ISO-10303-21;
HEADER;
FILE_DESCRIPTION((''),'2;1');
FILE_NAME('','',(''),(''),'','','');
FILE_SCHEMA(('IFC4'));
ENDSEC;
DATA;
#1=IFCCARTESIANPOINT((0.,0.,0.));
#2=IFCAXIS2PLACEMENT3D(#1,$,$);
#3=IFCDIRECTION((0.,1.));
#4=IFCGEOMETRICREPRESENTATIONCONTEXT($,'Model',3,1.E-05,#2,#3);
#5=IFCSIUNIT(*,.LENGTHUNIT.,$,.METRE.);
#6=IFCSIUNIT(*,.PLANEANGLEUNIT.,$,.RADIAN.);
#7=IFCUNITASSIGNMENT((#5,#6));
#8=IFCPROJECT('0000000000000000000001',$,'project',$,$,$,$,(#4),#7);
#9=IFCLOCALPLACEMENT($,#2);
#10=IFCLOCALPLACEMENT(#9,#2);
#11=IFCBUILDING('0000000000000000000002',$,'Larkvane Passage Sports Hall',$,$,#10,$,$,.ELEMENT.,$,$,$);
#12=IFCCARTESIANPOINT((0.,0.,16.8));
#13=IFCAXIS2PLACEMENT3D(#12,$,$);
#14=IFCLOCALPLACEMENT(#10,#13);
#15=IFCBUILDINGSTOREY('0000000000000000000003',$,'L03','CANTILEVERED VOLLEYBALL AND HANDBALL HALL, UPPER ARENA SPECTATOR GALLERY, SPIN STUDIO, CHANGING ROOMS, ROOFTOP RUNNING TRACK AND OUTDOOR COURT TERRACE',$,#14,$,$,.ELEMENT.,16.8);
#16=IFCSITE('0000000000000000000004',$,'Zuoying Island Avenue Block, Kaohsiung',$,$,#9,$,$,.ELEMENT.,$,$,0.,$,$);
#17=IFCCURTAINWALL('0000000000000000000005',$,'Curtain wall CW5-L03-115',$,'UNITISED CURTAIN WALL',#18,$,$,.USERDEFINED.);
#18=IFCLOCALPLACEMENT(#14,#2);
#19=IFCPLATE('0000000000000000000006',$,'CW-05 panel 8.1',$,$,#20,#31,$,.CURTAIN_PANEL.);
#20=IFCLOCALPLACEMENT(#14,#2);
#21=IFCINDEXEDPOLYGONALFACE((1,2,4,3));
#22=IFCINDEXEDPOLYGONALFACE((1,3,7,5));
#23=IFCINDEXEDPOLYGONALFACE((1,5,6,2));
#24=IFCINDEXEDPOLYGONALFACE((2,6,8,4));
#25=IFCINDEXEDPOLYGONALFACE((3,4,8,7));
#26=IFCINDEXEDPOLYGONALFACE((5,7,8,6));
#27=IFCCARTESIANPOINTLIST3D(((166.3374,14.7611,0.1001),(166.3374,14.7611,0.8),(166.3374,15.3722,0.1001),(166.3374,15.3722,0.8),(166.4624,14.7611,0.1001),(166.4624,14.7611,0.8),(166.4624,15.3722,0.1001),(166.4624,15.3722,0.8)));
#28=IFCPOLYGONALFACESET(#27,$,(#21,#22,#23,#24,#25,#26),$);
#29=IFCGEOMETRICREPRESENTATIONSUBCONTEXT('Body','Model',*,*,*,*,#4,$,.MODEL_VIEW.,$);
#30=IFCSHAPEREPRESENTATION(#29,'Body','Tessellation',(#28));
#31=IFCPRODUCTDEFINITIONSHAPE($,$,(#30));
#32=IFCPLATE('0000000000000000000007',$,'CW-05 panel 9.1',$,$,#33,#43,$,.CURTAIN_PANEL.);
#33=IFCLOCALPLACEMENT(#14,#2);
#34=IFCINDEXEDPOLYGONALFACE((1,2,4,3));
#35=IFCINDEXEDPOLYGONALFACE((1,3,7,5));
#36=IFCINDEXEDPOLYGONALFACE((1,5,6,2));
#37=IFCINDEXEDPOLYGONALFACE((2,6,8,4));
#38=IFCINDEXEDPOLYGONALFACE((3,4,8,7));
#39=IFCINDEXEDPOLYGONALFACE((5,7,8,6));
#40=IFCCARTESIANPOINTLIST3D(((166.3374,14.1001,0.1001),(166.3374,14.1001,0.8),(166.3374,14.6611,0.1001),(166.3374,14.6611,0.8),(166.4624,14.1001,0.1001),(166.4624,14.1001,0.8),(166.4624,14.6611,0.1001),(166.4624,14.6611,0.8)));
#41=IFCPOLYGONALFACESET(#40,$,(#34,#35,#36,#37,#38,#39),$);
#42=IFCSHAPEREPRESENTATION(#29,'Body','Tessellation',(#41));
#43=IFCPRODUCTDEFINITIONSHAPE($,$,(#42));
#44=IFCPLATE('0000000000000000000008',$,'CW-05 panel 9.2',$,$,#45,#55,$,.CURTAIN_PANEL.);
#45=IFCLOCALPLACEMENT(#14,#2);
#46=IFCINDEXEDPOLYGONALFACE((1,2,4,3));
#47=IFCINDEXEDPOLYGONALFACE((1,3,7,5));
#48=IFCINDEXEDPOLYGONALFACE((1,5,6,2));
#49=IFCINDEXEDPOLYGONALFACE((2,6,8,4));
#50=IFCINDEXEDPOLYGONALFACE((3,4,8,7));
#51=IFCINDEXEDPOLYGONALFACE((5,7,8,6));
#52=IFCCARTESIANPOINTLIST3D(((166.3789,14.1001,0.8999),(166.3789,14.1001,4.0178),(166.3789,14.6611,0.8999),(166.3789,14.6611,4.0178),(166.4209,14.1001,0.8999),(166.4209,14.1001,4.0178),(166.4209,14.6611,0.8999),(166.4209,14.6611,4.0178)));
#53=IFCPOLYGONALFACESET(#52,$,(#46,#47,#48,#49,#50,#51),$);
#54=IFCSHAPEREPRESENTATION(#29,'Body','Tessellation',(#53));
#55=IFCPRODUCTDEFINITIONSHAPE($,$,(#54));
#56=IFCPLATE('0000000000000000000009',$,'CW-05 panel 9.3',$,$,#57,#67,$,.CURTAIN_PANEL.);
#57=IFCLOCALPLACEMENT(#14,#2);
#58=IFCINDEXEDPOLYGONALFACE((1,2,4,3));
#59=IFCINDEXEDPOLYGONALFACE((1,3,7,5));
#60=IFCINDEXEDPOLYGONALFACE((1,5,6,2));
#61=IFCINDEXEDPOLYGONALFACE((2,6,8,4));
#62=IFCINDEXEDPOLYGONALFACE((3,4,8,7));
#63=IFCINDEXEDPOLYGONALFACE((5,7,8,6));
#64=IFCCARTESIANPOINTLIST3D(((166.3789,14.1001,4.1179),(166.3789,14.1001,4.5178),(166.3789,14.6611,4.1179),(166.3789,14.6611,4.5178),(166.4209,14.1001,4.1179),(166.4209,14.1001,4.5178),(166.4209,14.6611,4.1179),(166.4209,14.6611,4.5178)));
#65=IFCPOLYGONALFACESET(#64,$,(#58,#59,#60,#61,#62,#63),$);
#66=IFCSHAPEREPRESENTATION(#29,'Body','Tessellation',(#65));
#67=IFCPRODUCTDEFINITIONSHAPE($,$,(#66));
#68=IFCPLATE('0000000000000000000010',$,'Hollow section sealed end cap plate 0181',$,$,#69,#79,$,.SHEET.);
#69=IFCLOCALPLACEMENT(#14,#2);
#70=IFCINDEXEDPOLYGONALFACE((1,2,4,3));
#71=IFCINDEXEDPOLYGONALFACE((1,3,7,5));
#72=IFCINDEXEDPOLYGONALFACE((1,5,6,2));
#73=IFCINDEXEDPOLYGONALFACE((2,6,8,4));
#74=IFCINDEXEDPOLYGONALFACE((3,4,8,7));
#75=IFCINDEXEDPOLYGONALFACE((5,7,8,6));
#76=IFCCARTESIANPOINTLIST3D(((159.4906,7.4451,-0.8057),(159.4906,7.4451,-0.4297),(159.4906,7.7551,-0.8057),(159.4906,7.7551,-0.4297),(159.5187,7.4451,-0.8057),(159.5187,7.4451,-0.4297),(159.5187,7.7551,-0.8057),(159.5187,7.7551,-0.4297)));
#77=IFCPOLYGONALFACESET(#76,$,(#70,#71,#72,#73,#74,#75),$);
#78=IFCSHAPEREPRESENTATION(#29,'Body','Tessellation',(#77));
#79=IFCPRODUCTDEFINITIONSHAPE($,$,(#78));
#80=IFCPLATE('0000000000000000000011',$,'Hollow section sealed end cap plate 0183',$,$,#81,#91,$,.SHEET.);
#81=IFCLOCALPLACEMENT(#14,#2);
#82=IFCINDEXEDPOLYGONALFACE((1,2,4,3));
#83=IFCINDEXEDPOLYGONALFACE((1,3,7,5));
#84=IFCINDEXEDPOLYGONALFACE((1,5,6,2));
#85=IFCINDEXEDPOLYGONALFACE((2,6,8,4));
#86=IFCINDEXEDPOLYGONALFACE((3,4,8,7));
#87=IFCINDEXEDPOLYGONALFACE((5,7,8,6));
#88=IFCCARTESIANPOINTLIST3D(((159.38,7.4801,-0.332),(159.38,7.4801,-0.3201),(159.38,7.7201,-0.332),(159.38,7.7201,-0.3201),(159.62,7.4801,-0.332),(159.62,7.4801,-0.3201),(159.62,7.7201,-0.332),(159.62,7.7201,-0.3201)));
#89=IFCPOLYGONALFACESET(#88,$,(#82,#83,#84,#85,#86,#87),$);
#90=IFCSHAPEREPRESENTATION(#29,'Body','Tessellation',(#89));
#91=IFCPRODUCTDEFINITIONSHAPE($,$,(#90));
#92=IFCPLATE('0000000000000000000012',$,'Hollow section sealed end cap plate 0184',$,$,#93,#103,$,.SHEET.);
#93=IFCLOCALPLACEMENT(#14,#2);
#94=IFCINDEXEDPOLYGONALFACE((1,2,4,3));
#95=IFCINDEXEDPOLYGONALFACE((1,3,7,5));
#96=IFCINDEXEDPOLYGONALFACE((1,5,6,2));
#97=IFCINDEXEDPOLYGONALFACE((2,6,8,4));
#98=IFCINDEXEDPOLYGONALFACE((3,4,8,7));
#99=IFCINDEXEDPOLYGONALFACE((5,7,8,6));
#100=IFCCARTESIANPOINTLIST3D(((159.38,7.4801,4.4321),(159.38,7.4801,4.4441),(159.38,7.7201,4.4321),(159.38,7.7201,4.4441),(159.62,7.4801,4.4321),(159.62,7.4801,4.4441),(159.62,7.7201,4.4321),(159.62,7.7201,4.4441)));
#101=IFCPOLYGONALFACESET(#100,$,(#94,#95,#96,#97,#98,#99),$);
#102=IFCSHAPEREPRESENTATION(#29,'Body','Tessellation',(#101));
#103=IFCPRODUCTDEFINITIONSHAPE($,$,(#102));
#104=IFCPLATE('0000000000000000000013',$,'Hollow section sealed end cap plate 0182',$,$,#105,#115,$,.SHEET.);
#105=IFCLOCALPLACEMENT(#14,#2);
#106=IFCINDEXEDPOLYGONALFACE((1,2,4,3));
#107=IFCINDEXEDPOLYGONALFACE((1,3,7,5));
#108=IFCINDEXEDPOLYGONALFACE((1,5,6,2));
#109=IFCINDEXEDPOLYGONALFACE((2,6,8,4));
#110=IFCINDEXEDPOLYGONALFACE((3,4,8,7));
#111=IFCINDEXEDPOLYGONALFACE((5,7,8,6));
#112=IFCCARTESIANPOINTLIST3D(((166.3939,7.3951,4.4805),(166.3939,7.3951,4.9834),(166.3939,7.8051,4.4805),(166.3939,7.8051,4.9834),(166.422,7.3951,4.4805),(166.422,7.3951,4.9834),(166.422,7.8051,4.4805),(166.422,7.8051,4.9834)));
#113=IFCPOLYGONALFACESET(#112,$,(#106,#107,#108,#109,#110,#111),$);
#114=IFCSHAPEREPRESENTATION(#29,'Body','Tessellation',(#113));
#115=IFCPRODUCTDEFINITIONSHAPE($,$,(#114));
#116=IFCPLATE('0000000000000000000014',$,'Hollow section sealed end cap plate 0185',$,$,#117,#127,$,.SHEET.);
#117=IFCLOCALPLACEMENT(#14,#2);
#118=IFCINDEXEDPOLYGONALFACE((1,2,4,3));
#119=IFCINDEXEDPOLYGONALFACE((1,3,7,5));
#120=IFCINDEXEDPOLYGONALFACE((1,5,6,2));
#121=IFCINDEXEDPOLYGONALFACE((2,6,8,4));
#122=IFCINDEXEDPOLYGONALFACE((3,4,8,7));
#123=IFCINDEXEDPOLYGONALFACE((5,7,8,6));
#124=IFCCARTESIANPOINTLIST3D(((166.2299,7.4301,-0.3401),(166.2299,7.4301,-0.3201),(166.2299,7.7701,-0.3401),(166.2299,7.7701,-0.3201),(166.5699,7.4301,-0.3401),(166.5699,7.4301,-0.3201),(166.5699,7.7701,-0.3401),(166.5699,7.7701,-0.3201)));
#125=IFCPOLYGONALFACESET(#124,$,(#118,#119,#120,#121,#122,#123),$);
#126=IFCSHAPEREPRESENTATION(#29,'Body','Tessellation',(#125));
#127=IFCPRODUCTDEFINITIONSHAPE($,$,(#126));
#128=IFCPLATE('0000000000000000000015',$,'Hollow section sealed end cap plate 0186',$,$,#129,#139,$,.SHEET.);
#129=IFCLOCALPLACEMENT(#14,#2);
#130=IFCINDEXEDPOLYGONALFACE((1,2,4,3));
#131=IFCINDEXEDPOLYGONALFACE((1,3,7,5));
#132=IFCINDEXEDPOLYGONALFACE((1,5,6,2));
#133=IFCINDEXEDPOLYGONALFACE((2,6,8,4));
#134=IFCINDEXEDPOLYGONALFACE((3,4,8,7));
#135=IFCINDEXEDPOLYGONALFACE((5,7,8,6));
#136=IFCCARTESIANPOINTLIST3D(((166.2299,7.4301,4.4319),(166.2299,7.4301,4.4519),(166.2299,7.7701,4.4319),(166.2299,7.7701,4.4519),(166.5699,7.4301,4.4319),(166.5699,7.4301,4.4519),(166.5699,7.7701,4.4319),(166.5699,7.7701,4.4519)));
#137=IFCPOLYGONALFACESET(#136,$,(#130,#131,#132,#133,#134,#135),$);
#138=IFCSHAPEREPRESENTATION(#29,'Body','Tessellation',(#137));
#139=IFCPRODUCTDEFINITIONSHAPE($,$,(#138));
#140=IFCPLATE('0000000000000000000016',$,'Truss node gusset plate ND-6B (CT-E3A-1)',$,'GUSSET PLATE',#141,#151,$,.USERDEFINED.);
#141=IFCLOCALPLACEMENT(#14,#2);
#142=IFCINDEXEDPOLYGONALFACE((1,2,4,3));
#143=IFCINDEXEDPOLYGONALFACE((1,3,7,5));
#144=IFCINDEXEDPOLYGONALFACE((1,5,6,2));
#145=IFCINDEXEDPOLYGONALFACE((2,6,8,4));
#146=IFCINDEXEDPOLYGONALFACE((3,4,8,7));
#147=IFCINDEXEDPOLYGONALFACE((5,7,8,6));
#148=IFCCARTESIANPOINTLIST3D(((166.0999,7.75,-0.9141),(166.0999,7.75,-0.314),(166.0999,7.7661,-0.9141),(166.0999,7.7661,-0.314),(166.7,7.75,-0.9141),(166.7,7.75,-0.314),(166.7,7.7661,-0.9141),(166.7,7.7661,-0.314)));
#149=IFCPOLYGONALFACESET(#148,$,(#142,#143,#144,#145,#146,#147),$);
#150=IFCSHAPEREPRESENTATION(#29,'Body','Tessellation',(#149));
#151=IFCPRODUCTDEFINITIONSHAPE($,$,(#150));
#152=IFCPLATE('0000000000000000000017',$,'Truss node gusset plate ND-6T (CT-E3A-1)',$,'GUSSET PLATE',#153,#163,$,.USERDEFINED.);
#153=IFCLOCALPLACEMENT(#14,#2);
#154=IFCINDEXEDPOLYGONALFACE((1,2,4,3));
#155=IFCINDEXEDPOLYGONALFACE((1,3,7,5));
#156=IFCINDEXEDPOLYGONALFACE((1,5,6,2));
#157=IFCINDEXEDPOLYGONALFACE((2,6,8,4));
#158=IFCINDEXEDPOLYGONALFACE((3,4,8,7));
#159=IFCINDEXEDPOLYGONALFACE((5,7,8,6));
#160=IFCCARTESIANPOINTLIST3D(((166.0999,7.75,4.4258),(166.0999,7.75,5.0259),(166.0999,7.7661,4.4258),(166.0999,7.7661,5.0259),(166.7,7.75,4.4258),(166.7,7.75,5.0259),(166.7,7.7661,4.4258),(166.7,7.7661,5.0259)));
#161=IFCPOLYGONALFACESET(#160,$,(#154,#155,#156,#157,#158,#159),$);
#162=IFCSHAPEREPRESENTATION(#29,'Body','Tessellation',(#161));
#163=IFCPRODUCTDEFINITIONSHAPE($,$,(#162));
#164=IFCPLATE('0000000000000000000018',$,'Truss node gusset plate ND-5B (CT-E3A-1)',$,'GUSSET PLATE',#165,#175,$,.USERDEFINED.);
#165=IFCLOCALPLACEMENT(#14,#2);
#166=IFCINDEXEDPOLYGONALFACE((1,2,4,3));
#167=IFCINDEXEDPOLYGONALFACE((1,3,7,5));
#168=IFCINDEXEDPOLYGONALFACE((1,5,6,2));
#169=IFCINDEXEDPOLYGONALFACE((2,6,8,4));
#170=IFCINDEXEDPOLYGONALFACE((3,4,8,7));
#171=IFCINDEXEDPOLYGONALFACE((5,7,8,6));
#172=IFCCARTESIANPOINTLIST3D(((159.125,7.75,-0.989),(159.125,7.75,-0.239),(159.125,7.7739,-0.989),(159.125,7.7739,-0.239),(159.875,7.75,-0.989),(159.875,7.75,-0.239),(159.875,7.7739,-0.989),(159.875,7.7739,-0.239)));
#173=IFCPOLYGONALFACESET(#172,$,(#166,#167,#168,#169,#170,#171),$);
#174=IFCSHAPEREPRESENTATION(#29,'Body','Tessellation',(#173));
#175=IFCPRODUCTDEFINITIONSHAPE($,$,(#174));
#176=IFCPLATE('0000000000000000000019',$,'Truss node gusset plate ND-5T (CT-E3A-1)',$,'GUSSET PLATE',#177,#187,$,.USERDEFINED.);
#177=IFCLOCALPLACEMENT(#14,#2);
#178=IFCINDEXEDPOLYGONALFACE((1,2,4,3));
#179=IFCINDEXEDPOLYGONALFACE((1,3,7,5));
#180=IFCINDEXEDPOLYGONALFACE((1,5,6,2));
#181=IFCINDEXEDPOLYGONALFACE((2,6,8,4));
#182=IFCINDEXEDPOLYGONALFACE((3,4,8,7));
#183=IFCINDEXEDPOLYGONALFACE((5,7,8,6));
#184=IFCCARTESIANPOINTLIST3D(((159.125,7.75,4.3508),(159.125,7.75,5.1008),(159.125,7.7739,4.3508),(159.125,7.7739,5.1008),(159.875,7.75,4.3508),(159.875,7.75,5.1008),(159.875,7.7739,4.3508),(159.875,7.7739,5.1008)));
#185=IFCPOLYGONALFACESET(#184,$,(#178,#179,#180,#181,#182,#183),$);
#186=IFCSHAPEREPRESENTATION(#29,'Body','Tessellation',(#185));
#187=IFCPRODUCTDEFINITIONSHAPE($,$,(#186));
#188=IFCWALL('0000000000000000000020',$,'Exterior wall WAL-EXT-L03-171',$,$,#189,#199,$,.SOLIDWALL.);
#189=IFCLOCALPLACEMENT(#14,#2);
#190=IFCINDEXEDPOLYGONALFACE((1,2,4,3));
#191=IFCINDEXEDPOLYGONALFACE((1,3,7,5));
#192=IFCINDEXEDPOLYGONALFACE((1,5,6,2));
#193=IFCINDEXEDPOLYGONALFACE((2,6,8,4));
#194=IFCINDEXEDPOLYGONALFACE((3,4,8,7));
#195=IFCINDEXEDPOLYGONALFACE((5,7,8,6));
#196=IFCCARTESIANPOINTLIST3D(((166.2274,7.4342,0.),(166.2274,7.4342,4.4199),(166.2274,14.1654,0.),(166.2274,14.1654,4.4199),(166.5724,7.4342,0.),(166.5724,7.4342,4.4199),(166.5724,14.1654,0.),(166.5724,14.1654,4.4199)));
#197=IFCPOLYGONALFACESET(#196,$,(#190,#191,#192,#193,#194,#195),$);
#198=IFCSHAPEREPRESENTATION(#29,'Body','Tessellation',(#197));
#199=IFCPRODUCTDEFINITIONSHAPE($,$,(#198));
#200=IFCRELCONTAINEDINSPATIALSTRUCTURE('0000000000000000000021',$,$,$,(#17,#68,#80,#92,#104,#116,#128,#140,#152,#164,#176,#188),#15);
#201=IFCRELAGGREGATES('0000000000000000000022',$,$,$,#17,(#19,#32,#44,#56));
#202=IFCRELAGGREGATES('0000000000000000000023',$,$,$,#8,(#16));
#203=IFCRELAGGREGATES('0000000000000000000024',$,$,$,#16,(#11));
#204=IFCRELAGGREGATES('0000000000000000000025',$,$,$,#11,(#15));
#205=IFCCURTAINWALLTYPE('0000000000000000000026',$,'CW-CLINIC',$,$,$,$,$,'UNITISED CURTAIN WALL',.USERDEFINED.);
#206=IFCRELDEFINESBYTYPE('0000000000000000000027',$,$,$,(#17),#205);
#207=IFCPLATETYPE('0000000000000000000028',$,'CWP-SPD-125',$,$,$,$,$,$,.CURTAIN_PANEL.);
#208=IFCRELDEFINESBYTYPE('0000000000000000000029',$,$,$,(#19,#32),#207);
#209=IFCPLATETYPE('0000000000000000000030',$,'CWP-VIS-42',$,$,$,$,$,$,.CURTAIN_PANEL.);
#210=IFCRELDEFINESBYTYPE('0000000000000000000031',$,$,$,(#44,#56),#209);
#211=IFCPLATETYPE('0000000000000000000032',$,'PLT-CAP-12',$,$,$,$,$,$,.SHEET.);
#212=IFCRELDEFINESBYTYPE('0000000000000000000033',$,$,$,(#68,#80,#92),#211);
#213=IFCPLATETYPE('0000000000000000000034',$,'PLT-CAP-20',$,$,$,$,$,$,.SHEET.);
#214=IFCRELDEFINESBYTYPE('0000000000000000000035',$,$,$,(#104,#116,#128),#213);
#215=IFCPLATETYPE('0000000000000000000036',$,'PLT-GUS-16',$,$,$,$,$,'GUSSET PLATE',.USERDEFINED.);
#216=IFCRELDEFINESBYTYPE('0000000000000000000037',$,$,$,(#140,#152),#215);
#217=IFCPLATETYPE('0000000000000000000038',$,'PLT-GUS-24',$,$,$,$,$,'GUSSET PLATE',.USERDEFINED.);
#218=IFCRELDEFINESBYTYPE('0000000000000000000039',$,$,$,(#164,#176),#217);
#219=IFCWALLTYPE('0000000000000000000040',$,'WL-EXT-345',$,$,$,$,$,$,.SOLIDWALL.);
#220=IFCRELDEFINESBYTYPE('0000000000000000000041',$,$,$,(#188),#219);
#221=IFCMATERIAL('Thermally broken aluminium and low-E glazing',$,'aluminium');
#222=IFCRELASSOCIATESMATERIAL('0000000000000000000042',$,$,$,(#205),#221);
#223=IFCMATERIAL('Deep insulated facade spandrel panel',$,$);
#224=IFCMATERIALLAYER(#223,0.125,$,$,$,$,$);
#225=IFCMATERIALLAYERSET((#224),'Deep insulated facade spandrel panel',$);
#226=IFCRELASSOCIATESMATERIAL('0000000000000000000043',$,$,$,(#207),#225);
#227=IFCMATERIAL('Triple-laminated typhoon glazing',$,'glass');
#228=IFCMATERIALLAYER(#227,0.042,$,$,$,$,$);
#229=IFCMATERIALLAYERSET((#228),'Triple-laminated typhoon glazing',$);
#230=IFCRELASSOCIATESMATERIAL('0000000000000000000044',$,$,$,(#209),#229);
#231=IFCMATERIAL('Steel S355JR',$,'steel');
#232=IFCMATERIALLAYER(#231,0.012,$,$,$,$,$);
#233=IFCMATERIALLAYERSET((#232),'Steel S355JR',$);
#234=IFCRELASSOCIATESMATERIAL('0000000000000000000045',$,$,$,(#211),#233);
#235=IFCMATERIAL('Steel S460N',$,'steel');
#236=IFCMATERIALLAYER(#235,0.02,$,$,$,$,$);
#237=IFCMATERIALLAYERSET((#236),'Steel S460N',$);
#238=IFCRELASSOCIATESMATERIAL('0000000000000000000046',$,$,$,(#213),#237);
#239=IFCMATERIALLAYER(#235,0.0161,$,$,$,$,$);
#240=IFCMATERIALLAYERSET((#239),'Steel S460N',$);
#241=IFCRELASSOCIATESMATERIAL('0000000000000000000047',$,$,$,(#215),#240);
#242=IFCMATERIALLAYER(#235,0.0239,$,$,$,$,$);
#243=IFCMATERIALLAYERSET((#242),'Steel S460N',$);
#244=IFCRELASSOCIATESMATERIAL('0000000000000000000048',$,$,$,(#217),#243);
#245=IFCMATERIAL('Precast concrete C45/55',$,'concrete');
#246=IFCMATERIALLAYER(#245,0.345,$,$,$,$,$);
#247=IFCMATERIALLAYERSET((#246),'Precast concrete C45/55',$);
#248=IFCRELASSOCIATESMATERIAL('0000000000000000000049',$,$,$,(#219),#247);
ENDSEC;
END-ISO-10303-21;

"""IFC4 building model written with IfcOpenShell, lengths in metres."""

from ifc_helpers import new_model, si_unit, direction, frame, frame_2d, origin, origin_2d, place, context, subcontext, project, spatial, rectangle, extrude, material, layer, layer_set, type_object, element, aggregate, save


model = new_model("IFC4")

# Units and contexts
model_context = context("Model", 3, precision=1e-05, world=origin(), true_north=direction((0.0, 1.0)))
body_context = subcontext(model_context, "Body", "Model", "MODEL_VIEW")
ifc_project = project(units=[si_unit("LENGTHUNIT", "METRE"), si_unit("PLANEANGLEUNIT", "RADIAN")], contexts=[model_context])

# Site, building, storey
site_placement = place(None, origin())
site = spatial("IfcSite", under=ifc_project, at=site_placement, Name="Zuoying Island Avenue Block, Kaohsiung", CompositionType="ELEMENT", RefElevation=0.0)
building_placement = place(site_placement, origin())
building = spatial("IfcBuilding", under=site, at=building_placement, Name="Larkvane Passage Sports Hall", CompositionType="ELEMENT")
storey_placement = place(building_placement, frame((0.0, 0.0, 16.8)))
storey = spatial("IfcBuildingStorey", under=building, at=storey_placement, Name="L03", Description="CANTILEVERED VOLLEYBALL AND HANDBALL HALL, UPPER ARENA SPECTATOR GALLERY, SPIN STUDIO, CHANGING ROOMS, ROOFTOP RUNNING TRACK AND OUTDOOR COURT TERRACE", CompositionType="ELEMENT", Elevation=16.8)

# Shared definitions
ifc_material_1 = material(Name="Steel S355JR", Category="steel")
ifc_material_2 = material(Name="Steel S460N", Category="steel")

# Curtain wall
ifc_material_3 = material(Name="Thermally broken aluminium and low-E glazing", Category="aluminium")
curtain_wall_type = type_object("IfcCurtainWallType", Name="CW-CLINIC", ElementType="UNITISED CURTAIN WALL", PredefinedType="USERDEFINED", material=ifc_material_3)
curtain_wall_placement = place(storey_placement, origin())
curtain_wall = element("IfcCurtainWall", 1, at=curtain_wall_placement, inside=storey, type_object=curtain_wall_type, Name="Curtain wall CW5-L03-115", ObjectType="UNITISED CURTAIN WALL", PredefinedType="USERDEFINED")

# Plates
ifc_material_4 = material(Name="Deep insulated facade spandrel panel")
ifc_layer_1 = layer(ifc_material_4, 0.125)
ifc_layer_set_1 = layer_set([ifc_layer_1], Name="Deep insulated facade spandrel panel")
plate_type_1 = type_object("IfcPlateType", Name="CWP-SPD-125", PredefinedType="CURTAIN_PANEL", material=ifc_layer_set_1)
plate_1_placement = place(storey_placement, frame((166.3999, 15.0667, 0.1001), z_axis=(0.0, 0.0, 1.0), x_axis=(0.0, -1.0, 0.0)))
plate_1 = element("IfcPlate", 2, at=plate_1_placement, type_object=plate_type_1, Name="CW-05 panel 8.1", PredefinedType="CURTAIN_PANEL", context=body_context, shape_type="SweptSolid", body=[
    extrude(rectangle(XDim=0.6111, YDim=0.125, at=origin_2d()), origin(), (0.0, 0.0, 1.0), 0.7),
])
plate_2_placement = place(storey_placement, frame((166.3999, 14.3806, 0.1001), z_axis=(0.0, 0.0, 1.0), x_axis=(0.0, -1.0, 0.0)))
plate_2 = element("IfcPlate", 3, at=plate_2_placement, type_object=plate_type_1, Name="CW-05 panel 9.1", PredefinedType="CURTAIN_PANEL", context=body_context, shape_type="SweptSolid", body=[
    extrude(rectangle(XDim=0.561, YDim=0.125, at=origin_2d()), origin(), (0.0, 0.0, 1.0), 0.7),
])
ifc_material_5 = material(Name="Triple-laminated typhoon glazing", Category="glass")
ifc_layer_2 = layer(ifc_material_5, 0.042)
ifc_layer_set_2 = layer_set([ifc_layer_2], Name="Triple-laminated typhoon glazing")
plate_type_2 = type_object("IfcPlateType", Name="CWP-VIS-42", PredefinedType="CURTAIN_PANEL", material=ifc_layer_set_2)
plate_3_placement = place(storey_placement, frame((166.3999, 14.3806, 0.8999), z_axis=(0.0, 0.0, 1.0), x_axis=(0.0, -1.0, 0.0)))
plate_3 = element("IfcPlate", 4, at=plate_3_placement, type_object=plate_type_2, Name="CW-05 panel 9.2", PredefinedType="CURTAIN_PANEL", context=body_context, shape_type="SweptSolid", body=[
    extrude(rectangle(XDim=0.561, YDim=0.042, at=origin_2d()), origin(), (0.0, 0.0, 1.0), 3.1179),
])
plate_4_placement = place(storey_placement, frame((166.3999, 14.3806, 4.1179), z_axis=(0.0, 0.0, 1.0), x_axis=(0.0, -1.0, 0.0)))
plate_4 = element("IfcPlate", 5, at=plate_4_placement, type_object=plate_type_2, Name="CW-05 panel 9.3", PredefinedType="CURTAIN_PANEL", context=body_context, shape_type="SweptSolid", body=[
    extrude(rectangle(XDim=0.561, YDim=0.042, at=origin_2d()), origin(), (0.0, 0.0, 1.0), 0.3999),
])
aggregate(curtain_wall, [plate_1, plate_2, plate_3, plate_4])

# Plates
ifc_layer_3 = layer(ifc_material_1, 0.012)
ifc_layer_set_3 = layer_set([ifc_layer_3], Name="Steel S355JR")
plate_type_3 = type_object("IfcPlateType", Name="PLT-CAP-12", PredefinedType="SHEET", material=ifc_layer_set_3)
plate_5_placement = place(storey_placement, frame((159.5046, 7.6001, -0.8057), z_axis=(0.0, 0.0, 1.0), x_axis=(0.0, 1.0, 0.0)))
element("IfcPlate", 6, at=plate_5_placement, inside=storey, type_object=plate_type_3, Name="Hollow section sealed end cap plate 0181", PredefinedType="SHEET", context=body_context, shape_type="SweptSolid", body=[
    extrude(rectangle(XDim=0.3101, YDim=0.0281, at=origin_2d()), origin(), (0.0, 0.0, 1.0), 0.376),
])
for number, where, z_axis, x_axis, name in (
    (7, (159.5, 7.6001, -0.332), (0.0, 0.0, 1.0), (1.0, 0.0, 0.0), "Hollow section sealed end cap plate 0183"),
    (8, (159.5, 7.6001, 4.4321), (0.0, 0.0, 1.0), (1.0, 0.0, 0.0), "Hollow section sealed end cap plate 0184"),
):
    element("IfcPlate", number, at=place(storey_placement, frame(where, z_axis=z_axis, x_axis=x_axis)), inside=storey, type_object=plate_type_3, Name=name, PredefinedType="SHEET", context=body_context, shape_type="SweptSolid", body=[
        extrude(rectangle(XDim=0.24, YDim=0.24, at=origin_2d()), origin(), (0.0, 0.0, 1.0), 0.012),
    ])
ifc_layer_4 = layer(ifc_material_2, 0.02)
ifc_layer_set_4 = layer_set([ifc_layer_4], Name="Steel S460N")
plate_type_4 = type_object("IfcPlateType", Name="PLT-CAP-20", PredefinedType="SHEET", material=ifc_layer_set_4)
plate_6_placement = place(storey_placement, frame((166.408, 7.6001, 4.4805), z_axis=(0.0, 0.0, 1.0), x_axis=(0.0, 1.0, 0.0)))
element("IfcPlate", 9, at=plate_6_placement, inside=storey, type_object=plate_type_4, Name="Hollow section sealed end cap plate 0182", PredefinedType="SHEET", context=body_context, shape_type="SweptSolid", body=[
    extrude(rectangle(XDim=0.4099, YDim=0.0281, at=origin_2d()), origin(), (0.0, 0.0, 1.0), 0.5029),
])
for number, where, z_axis, x_axis, name in (
    (10, (166.3999, 7.6001, -0.3401), (0.0, 0.0, 1.0), (1.0, 0.0, 0.0), "Hollow section sealed end cap plate 0185"),
    (11, (166.3999, 7.6001, 4.4319), (0.0, 0.0, 1.0), (1.0, 0.0, 0.0), "Hollow section sealed end cap plate 0186"),
):
    element("IfcPlate", number, at=place(storey_placement, frame(where, z_axis=z_axis, x_axis=x_axis)), inside=storey, type_object=plate_type_4, Name=name, PredefinedType="SHEET", context=body_context, shape_type="SweptSolid", body=[
        extrude(rectangle(XDim=0.3401, YDim=0.3401, at=origin_2d()), origin(), (0.0, 0.0, 1.0), 0.02),
    ])
ifc_layer_5 = layer(ifc_material_2, 0.0161)
ifc_layer_set_5 = layer_set([ifc_layer_5], Name="Steel S460N")
plate_type_5 = type_object("IfcPlateType", Name="PLT-GUS-16", ElementType="GUSSET PLATE", PredefinedType="USERDEFINED", material=ifc_layer_set_5)
for number, where, z_axis, x_axis, name in (
    (12, (166.3999, 7.7581, -0.9141), (0.0, 0.0, 1.0), (1.0, 0.0, 0.0), "Truss node gusset plate ND-6B (CT-E3A-1)"),
    (13, (166.3999, 7.7581, 4.4258), (0.0, 0.0, 1.0), (1.0, 0.0, 0.0), "Truss node gusset plate ND-6T (CT-E3A-1)"),
):
    element("IfcPlate", number, at=place(storey_placement, frame(where, z_axis=z_axis, x_axis=x_axis)), inside=storey, type_object=plate_type_5, Name=name, ObjectType="GUSSET PLATE", PredefinedType="USERDEFINED", context=body_context, shape_type="SweptSolid", body=[
        extrude(rectangle(XDim=0.6001, YDim=0.0161, at=origin_2d()), origin(), (0.0, 0.0, 1.0), 0.6001),
    ])
ifc_layer_6 = layer(ifc_material_2, 0.0239)
ifc_layer_set_6 = layer_set([ifc_layer_6], Name="Steel S460N")
plate_type_6 = type_object("IfcPlateType", Name="PLT-GUS-24", ElementType="GUSSET PLATE", PredefinedType="USERDEFINED", material=ifc_layer_set_6)
for number, where, z_axis, x_axis, name in (
    (14, (159.5, 7.762, -0.989), (0.0, 0.0, 1.0), (1.0, 0.0, 0.0), "Truss node gusset plate ND-5B (CT-E3A-1)"),
    (15, (159.5, 7.762, 4.3508), (0.0, 0.0, 1.0), (1.0, 0.0, 0.0), "Truss node gusset plate ND-5T (CT-E3A-1)"),
):
    element("IfcPlate", number, at=place(storey_placement, frame(where, z_axis=z_axis, x_axis=x_axis)), inside=storey, type_object=plate_type_6, Name=name, ObjectType="GUSSET PLATE", PredefinedType="USERDEFINED", context=body_context, shape_type="SweptSolid", body=[
        extrude(rectangle(XDim=0.75, YDim=0.0239, at=origin_2d()), origin(), (0.0, 0.0, 1.0), 0.75),
    ])

# Wall
ifc_material_6 = material(Name="Precast concrete C45/55", Category="concrete")
ifc_layer_7 = layer(ifc_material_6, 0.345)
ifc_layer_set_7 = layer_set([ifc_layer_7], Name="Precast concrete C45/55")
wall_type_1 = type_object("IfcWallType", Name="WL-EXT-345", PredefinedType="SOLIDWALL", material=ifc_layer_set_7)
wall_1_placement = place(storey_placement, frame((166.3999, 14.1655, 0.0), z_axis=(0.0, 0.0, 1.0), x_axis=(0.0, -1.0, 0.0)))
element("IfcWall", 16, at=wall_1_placement, inside=storey, type_object=wall_type_1, Name="Exterior wall WAL-EXT-L03-171", PredefinedType="SOLIDWALL", context=body_context, shape_type="SweptSolid", body=[
    extrude(rectangle(XDim=6.7312, YDim=0.345, at=frame_2d((3.3657, 0.0))), origin(), (0.0, 0.0, 1.0), 4.4199),
])

save(model, "model.ifc")
